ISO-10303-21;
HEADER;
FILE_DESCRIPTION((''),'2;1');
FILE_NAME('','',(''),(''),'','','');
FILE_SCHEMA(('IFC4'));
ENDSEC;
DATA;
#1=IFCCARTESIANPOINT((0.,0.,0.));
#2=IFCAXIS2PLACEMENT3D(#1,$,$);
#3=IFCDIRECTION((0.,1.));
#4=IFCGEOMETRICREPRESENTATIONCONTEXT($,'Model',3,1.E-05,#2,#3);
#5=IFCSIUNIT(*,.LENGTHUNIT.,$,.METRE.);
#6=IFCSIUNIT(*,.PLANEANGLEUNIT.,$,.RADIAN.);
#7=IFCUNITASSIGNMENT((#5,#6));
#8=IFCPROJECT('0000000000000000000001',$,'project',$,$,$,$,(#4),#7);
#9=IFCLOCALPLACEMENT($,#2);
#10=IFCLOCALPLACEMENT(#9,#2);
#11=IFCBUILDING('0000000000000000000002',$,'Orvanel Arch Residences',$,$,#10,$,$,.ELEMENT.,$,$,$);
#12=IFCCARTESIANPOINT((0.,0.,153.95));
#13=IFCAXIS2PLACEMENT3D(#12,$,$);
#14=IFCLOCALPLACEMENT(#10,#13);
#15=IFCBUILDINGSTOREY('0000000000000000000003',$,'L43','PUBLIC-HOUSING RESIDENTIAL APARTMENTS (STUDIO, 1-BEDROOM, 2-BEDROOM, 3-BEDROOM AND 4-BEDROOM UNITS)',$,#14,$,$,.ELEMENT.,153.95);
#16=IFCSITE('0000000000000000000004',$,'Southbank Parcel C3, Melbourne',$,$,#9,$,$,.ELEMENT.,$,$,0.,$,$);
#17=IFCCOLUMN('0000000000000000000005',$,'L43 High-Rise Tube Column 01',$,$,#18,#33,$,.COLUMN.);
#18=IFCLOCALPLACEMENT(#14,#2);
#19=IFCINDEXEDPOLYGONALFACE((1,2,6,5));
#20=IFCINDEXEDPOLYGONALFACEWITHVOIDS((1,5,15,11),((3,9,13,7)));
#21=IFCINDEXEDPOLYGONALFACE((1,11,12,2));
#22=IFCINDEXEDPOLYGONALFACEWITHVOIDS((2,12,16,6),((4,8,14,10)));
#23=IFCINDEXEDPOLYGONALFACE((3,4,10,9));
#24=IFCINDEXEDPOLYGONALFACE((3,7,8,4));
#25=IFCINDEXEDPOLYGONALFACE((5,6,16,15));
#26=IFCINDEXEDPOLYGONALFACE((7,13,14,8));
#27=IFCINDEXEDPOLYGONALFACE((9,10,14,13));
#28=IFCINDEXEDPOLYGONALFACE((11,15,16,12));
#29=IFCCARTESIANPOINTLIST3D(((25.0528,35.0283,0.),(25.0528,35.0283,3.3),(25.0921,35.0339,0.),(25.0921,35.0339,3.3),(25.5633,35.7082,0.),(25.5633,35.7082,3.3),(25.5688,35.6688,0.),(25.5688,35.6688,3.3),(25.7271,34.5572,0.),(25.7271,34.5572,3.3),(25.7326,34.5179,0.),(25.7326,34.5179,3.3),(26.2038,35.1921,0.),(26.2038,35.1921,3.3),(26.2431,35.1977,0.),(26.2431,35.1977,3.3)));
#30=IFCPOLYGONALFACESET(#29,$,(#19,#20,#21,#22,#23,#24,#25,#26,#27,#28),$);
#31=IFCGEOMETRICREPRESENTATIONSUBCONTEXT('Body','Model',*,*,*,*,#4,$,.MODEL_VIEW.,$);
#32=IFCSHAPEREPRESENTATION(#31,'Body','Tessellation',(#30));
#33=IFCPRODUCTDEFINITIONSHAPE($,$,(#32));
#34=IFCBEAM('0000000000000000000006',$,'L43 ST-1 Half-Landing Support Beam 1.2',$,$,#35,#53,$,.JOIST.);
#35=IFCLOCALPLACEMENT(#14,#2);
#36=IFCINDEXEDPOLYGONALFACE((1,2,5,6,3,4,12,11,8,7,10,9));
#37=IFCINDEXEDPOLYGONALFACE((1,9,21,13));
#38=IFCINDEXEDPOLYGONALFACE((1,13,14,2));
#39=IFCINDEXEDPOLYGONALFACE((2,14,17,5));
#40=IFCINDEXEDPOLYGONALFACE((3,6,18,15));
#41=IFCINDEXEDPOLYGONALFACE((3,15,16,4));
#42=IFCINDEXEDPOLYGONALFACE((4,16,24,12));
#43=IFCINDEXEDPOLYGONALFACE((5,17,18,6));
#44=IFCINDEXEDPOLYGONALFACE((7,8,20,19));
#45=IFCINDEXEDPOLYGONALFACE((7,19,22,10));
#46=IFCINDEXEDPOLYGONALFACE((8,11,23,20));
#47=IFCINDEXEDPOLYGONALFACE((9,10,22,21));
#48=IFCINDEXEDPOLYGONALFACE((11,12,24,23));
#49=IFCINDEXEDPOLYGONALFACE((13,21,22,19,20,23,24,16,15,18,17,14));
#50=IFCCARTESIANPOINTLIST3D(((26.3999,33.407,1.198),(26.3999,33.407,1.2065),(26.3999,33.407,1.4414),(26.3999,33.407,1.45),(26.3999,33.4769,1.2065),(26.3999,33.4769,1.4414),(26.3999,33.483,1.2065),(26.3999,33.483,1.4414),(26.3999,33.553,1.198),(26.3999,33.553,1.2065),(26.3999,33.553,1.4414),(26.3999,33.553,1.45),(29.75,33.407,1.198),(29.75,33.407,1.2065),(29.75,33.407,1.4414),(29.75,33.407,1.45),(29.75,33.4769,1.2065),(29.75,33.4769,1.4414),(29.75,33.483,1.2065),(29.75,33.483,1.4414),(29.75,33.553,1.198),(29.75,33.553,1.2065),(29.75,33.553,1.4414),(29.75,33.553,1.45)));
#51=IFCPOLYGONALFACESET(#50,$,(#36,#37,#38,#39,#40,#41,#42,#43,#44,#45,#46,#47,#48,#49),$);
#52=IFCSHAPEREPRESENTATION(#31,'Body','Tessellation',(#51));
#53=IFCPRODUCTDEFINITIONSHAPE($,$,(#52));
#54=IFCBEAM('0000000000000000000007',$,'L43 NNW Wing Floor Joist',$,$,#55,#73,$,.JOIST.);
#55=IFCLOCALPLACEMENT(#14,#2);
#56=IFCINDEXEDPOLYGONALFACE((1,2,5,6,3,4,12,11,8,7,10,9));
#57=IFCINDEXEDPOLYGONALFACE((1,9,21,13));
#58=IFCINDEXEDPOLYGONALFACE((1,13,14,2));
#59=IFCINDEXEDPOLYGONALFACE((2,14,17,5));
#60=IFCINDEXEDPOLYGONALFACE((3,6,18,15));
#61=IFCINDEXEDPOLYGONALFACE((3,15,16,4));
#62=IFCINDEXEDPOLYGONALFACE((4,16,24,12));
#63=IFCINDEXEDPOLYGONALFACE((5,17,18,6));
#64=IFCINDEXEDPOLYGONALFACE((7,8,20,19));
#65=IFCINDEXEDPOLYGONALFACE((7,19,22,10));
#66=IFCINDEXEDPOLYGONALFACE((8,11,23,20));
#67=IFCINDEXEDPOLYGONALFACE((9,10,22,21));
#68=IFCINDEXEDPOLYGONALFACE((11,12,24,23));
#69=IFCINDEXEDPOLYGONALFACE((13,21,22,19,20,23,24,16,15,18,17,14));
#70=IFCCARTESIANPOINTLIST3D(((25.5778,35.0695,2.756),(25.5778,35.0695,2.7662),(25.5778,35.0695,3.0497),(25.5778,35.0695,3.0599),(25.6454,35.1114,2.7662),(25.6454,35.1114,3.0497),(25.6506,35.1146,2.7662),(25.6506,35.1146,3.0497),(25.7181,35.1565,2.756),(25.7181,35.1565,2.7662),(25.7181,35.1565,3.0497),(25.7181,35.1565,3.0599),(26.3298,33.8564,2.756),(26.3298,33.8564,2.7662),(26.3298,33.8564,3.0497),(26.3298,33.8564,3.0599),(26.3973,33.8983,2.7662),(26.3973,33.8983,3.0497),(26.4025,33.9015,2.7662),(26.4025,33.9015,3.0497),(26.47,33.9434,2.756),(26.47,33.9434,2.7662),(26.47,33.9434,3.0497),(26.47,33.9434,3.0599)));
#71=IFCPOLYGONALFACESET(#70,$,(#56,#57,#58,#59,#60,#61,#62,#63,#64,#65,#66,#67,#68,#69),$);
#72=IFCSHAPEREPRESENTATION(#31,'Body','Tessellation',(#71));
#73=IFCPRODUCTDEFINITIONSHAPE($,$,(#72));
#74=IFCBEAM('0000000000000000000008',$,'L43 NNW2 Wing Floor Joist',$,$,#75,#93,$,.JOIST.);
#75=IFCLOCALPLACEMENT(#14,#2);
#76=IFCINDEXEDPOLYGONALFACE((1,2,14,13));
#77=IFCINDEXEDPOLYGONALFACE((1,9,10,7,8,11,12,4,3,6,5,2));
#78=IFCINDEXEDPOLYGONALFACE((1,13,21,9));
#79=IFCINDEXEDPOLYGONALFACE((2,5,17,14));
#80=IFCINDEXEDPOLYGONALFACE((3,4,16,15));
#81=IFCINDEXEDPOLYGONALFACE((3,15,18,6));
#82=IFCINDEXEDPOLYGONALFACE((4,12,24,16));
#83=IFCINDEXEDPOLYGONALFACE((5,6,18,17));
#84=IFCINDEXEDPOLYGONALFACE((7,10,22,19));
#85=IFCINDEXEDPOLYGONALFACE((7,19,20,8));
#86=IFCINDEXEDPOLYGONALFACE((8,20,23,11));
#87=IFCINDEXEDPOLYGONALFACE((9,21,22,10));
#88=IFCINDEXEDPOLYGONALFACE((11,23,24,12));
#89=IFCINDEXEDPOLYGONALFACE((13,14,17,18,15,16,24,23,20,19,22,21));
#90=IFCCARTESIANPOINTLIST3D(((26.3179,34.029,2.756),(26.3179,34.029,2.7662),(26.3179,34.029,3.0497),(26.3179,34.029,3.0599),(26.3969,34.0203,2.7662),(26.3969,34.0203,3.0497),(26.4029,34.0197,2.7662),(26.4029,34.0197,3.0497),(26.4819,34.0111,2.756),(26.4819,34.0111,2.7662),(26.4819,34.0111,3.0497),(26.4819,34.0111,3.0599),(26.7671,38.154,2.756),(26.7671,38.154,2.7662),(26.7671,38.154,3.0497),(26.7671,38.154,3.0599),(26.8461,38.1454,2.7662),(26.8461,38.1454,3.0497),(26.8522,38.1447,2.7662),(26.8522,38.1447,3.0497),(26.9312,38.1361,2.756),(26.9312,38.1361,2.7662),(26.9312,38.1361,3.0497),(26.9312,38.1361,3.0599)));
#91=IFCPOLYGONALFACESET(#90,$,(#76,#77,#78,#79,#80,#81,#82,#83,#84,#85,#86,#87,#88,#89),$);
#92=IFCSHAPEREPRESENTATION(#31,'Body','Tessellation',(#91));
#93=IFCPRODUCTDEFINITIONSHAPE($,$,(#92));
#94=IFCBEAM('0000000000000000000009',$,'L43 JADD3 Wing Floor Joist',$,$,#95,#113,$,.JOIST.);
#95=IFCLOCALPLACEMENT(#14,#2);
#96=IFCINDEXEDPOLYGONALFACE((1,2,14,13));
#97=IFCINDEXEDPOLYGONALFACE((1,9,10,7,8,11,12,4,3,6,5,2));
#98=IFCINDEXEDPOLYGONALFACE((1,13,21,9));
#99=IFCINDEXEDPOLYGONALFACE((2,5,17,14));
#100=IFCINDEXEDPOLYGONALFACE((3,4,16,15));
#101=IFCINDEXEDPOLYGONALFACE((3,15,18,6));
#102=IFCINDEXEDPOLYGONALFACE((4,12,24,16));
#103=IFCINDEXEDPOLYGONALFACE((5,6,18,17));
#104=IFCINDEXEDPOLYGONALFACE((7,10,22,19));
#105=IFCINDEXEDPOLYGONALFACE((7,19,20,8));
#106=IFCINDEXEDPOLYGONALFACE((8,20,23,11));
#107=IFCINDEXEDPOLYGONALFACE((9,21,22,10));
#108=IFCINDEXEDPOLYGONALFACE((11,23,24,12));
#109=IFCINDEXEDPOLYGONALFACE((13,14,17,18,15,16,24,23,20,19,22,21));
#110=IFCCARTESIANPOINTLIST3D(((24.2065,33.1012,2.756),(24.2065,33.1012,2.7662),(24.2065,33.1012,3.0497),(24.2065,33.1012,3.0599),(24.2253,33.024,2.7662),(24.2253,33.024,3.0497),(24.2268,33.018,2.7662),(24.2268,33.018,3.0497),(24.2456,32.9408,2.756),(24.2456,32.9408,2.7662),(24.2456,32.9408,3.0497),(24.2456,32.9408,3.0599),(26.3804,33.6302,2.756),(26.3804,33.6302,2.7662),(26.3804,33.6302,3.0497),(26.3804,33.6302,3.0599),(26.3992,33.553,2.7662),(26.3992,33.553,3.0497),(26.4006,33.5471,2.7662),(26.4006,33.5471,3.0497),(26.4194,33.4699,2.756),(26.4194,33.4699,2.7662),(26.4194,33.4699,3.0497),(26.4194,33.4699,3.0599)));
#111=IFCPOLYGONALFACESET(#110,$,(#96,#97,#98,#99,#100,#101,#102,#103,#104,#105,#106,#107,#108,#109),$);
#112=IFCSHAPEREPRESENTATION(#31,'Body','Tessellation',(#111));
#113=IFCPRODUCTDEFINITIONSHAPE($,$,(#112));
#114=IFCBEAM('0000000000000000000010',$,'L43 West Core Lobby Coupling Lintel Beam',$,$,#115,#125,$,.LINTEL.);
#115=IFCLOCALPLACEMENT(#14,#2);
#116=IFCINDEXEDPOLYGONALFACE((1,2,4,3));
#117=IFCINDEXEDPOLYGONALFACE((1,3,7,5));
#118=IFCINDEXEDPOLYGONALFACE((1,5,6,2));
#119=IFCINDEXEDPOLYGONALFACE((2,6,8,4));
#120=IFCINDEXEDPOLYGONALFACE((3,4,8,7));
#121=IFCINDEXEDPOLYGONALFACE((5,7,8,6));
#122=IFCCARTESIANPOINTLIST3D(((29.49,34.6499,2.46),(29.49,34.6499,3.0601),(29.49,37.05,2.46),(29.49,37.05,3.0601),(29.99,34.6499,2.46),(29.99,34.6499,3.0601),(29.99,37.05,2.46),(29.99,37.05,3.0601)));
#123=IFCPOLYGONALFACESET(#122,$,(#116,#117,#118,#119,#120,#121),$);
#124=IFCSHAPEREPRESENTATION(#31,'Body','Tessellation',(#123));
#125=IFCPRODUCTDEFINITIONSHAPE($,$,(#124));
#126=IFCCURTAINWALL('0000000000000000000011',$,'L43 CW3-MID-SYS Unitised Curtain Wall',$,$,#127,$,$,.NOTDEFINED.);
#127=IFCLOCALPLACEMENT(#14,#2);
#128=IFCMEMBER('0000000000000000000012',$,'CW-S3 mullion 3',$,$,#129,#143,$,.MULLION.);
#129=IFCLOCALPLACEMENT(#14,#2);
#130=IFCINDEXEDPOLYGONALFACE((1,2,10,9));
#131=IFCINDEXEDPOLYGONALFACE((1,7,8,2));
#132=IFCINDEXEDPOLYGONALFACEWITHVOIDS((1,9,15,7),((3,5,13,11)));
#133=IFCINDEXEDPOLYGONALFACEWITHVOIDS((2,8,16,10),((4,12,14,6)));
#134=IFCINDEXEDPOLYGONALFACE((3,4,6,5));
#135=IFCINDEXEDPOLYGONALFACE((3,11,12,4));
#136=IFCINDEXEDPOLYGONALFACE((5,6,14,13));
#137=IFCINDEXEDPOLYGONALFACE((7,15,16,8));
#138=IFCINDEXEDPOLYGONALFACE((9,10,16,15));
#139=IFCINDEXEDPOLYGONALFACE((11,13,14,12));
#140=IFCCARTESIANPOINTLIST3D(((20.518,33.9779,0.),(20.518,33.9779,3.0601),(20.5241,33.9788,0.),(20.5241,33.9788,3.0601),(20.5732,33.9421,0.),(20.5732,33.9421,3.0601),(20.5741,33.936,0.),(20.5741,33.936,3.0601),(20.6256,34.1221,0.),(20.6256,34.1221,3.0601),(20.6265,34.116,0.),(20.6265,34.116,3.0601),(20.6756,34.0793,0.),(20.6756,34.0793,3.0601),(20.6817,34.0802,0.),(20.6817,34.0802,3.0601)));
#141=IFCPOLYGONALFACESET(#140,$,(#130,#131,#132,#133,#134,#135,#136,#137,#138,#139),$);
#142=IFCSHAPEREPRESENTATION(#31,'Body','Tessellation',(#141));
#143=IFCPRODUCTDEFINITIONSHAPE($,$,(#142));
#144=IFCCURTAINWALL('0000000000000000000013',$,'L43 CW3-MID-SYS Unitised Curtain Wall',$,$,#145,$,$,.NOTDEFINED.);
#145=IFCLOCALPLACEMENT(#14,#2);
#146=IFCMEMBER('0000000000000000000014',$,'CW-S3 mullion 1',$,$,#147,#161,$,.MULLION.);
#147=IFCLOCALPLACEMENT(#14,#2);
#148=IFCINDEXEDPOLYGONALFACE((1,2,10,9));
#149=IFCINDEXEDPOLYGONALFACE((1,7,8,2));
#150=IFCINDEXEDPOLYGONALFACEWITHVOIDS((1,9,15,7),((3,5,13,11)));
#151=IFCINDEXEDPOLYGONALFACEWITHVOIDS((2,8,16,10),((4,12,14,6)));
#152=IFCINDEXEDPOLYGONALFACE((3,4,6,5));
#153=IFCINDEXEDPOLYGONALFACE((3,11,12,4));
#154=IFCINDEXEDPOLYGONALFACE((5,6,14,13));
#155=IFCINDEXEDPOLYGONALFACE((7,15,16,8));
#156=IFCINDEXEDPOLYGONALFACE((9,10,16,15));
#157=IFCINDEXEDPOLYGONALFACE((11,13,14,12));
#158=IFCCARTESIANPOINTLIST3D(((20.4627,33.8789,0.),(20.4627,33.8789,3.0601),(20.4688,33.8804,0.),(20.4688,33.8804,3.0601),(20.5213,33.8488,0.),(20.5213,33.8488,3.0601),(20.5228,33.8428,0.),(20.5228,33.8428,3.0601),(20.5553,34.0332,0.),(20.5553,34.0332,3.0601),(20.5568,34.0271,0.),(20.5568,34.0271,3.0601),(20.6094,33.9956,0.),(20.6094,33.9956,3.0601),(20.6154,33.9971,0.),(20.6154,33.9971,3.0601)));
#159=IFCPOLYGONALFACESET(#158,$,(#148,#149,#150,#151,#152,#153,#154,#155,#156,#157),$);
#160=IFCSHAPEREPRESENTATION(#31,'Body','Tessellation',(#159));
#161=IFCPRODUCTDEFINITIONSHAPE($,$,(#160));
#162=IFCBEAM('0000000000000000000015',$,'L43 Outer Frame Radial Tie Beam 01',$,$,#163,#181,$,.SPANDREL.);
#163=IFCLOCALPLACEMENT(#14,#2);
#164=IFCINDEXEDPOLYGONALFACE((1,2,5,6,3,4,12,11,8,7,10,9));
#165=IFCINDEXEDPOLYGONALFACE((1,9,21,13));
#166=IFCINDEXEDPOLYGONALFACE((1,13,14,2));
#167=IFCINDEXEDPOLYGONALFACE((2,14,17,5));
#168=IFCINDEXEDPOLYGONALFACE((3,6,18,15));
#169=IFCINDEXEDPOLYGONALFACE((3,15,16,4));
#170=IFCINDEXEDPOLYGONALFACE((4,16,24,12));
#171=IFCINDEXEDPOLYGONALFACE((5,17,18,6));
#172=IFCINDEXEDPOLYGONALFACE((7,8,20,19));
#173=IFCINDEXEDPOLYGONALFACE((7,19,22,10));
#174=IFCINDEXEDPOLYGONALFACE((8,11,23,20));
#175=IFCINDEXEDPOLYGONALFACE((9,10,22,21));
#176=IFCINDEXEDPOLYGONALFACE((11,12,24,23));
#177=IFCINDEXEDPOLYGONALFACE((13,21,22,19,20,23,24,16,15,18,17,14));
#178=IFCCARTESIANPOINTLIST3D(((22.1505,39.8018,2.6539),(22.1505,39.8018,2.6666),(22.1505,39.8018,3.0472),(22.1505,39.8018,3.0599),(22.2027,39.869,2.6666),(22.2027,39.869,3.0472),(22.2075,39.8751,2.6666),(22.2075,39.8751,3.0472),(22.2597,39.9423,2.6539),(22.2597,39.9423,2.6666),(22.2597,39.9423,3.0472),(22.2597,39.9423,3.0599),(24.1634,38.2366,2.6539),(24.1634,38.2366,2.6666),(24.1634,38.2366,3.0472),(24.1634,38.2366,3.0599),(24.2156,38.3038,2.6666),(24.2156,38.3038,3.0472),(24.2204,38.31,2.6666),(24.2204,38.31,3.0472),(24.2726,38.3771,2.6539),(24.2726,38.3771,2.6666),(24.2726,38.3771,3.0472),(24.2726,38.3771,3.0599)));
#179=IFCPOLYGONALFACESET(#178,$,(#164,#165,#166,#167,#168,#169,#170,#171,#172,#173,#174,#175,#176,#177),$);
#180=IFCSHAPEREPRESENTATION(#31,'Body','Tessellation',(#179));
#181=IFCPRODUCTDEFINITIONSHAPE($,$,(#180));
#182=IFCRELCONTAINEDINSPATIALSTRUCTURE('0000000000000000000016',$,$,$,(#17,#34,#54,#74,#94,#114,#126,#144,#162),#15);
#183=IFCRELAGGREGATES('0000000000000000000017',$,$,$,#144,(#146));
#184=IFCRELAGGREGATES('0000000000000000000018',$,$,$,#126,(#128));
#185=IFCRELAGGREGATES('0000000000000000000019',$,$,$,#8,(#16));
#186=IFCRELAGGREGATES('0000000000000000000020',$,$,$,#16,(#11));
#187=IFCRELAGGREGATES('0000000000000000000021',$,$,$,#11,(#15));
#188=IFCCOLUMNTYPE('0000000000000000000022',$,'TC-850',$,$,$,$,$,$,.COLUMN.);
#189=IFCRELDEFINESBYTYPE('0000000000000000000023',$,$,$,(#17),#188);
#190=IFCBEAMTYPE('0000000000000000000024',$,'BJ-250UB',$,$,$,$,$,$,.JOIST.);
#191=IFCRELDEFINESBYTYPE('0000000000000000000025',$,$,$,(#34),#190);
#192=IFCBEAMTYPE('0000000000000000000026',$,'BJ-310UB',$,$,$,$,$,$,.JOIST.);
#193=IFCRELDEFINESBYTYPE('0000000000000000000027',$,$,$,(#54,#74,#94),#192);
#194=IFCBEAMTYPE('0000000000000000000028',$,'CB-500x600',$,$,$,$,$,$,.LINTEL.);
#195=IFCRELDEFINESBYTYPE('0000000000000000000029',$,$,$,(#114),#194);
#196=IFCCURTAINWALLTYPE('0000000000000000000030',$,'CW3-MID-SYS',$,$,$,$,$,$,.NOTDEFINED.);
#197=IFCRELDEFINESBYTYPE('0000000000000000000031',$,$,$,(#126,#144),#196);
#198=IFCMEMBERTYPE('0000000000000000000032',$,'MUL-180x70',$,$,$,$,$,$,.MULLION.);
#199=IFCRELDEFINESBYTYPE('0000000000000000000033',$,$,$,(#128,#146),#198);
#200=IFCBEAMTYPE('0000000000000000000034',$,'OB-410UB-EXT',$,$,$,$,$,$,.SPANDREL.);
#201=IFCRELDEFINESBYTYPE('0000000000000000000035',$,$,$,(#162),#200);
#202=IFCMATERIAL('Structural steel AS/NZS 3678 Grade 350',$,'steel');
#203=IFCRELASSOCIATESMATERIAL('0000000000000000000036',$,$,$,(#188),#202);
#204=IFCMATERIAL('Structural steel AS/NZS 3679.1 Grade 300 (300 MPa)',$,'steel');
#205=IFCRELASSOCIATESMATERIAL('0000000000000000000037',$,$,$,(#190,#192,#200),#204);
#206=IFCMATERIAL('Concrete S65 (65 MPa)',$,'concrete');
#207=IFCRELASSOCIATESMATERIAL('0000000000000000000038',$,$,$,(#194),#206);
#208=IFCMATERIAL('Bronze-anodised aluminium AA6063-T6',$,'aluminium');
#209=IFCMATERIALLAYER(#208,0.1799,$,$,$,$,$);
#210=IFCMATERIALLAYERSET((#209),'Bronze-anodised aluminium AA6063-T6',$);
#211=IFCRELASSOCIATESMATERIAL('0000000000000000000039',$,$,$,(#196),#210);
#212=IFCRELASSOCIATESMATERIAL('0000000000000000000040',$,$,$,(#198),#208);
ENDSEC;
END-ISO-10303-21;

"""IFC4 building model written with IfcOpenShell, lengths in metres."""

from ifc_helpers import new_model, si_unit, direction, frame, origin, origin_2d, place, context, subcontext, project, spatial, rectangle, hollow_rectangle, i_section, extrude, material, layer, layer_set, material_profile, profile_set, type_object, element, aggregate, save


model = new_model("IFC4")

# Units and contexts
model_context = context("Model", 3, precision=1e-05, world=origin(), true_north=direction((0.0, 1.0)))
body_context = subcontext(model_context, "Body", "Model", "MODEL_VIEW")
ifc_project = project(units=[si_unit("LENGTHUNIT", "METRE"), si_unit("PLANEANGLEUNIT", "RADIAN")], contexts=[model_context])

# Site, building, storey
site_placement = place(None, origin())
site = spatial("IfcSite", under=ifc_project, at=site_placement, Name="Southbank Parcel C3, Melbourne", CompositionType="ELEMENT", RefElevation=0.0)
building_placement = place(site_placement, origin())
building = spatial("IfcBuilding", under=site, at=building_placement, Name="Orvanel Arch Residences", CompositionType="ELEMENT")
storey_placement = place(building_placement, frame((0.0, 0.0, 153.95)))
storey = spatial("IfcBuildingStorey", under=building, at=storey_placement, Name="L43", Description="PUBLIC-HOUSING RESIDENTIAL APARTMENTS (STUDIO, 1-BEDROOM, 2-BEDROOM, 3-BEDROOM AND 4-BEDROOM UNITS)", CompositionType="ELEMENT", Elevation=153.95)

# Column
ifc_material_1 = material(Name="Structural steel AS/NZS 3678 Grade 350", Category="steel")
ifc_material_profile_1 = material_profile(ifc_material_1, hollow_rectangle(XDim=0.8501, YDim=0.8501, WallThickness=0.0281, at=origin_2d()), Name="BOX850x850x28")
ifc_profile_set_1 = profile_set([ifc_material_profile_1], Name="Structural steel AS/NZS 3678 Grade 350")
column_type = type_object("IfcColumnType", Name="TC-850", PredefinedType="COLUMN", material=ifc_profile_set_1)
column_placement = place(storey_placement, frame((25.6479, 35.113, 0.0), z_axis=(0.0, 0.0, 1.0), x_axis=(0.60042, 0.799685, 0.0)))
element("IfcColumn", 1, at=column_placement, inside=storey, type_object=column_type, Name="L43 High-Rise Tube Column 01", PredefinedType="COLUMN", context=body_context, shape_type="SweptSolid", body=[
    extrude(hollow_rectangle(XDim=0.8501, YDim=0.8501, WallThickness=0.0281, at=origin_2d()), origin(), (0.0, 0.0, 1.0), 3.3),
])

# Beams
ifc_material_2 = material(Name="Structural steel AS/NZS 3679.1 Grade 300 (300 MPa)", Category="steel")
ifc_material_profile_2 = material_profile(ifc_material_2, i_section(OverallWidth=0.146, OverallDepth=0.252, WebThickness=0.0061, FlangeThickness=0.0085, at=origin_2d()), Name="250UB31.4")
ifc_profile_set_2 = profile_set([ifc_material_profile_2], Name="Structural steel AS/NZS 3679.1 Grade 300 (300 MPa)")
beam_type_1 = type_object("IfcBeamType", Name="BJ-250UB", PredefinedType="JOIST", material=ifc_profile_set_2)
beam_1_placement = place(storey_placement, frame((26.3999, 33.48, 1.324), z_axis=(1.0, 0.0, 0.0), x_axis=(0.0, 1.0, 0.0)))
element("IfcBeam", 2, at=beam_1_placement, inside=storey, type_object=beam_type_1, Name="L43 ST-1 Half-Landing Support Beam 1.2", PredefinedType="JOIST", context=body_context, shape_type="SweptSolid", body=[
    extrude(i_section(OverallWidth=0.146, OverallDepth=0.252, WebThickness=0.0061, FlangeThickness=0.0085, at=origin_2d()), origin(), (0.0, 0.0, 1.0), 3.3501),
])
ifc_material_profile_3 = material_profile(ifc_material_2, i_section(OverallWidth=0.165, OverallDepth=0.304, WebThickness=0.0061, FlangeThickness=0.0103, at=origin_2d()), Name="310UB40.4")
ifc_profile_set_3 = profile_set([ifc_material_profile_3], Name="Structural steel AS/NZS 3679.1 Grade 300 (300 MPa)")
beam_type_2 = type_object("IfcBeamType", Name="BJ-310UB", PredefinedType="JOIST", material=ifc_profile_set_3)
beam_2_placement = place(storey_placement, frame((26.3999, 33.8999, 2.908), z_axis=(-0.526843, 0.849962, 0.0), x_axis=(-0.849962, -0.526843, 0.0)))
element("IfcBeam", 3, at=beam_2_placement, inside=storey, type_object=beam_type_2, Name="L43 NNW Wing Floor Joist", PredefinedType="JOIST", context=body_context, shape_type="SweptSolid", body=[
    extrude(i_section(OverallWidth=0.165, OverallDepth=0.304, WebThickness=0.0061, FlangeThickness=0.0103, at=origin_2d()), origin(), (0.0, 0.0, 1.0), 1.4272),
])
beam_3_placement = place(storey_placement, frame((26.3999, 34.02, 2.908), z_axis=(0.108261, 0.994122, 0.0), x_axis=(-0.994122, 0.108261, 0.0)))
element("IfcBeam", 4, at=beam_3_placement, inside=storey, type_object=beam_type_2, Name="L43 NNW2 Wing Floor Joist", PredefinedType="JOIST", context=body_context, shape_type="SweptSolid", body=[
    extrude(i_section(OverallWidth=0.165, OverallDepth=0.304, WebThickness=0.0061, FlangeThickness=0.0103, at=origin_2d()), origin(), (0.0, 0.0, 1.0), 4.1494),
])
beam_4_placement = place(storey_placement, frame((26.3999, 33.55, 2.908), z_axis=(-0.971638, -0.236471, 0.0), x_axis=(0.236471, -0.971638, 0.0)))
element("IfcBeam", 5, at=beam_4_placement, inside=storey, type_object=beam_type_2, Name="L43 JADD3 Wing Floor Joist", PredefinedType="JOIST", context=body_context, shape_type="SweptSolid", body=[
    extrude(i_section(OverallWidth=0.165, OverallDepth=0.304, WebThickness=0.0061, FlangeThickness=0.0103, at=origin_2d()), origin(), (0.0, 0.0, 1.0), 2.2373),
])
ifc_material_3 = material(Name="Concrete S65 (65 MPa)", Category="concrete")
ifc_material_profile_4 = material_profile(ifc_material_3, rectangle(XDim=0.5, YDim=0.6001, at=origin_2d()), Name="RC500x600")
ifc_profile_set_4 = profile_set([ifc_material_profile_4], Name="Concrete S65 (65 MPa)")
beam_type_3 = type_object("IfcBeamType", Name="CB-500x600", PredefinedType="LINTEL", material=ifc_profile_set_4)
beam_5_placement = place(storey_placement, frame((29.74, 34.6499, 2.76), z_axis=(0.0, 1.0, 0.0), x_axis=(-1.0, 0.0, 0.0)))
element("IfcBeam", 6, at=beam_5_placement, inside=storey, type_object=beam_type_3, Name="L43 West Core Lobby Coupling Lintel Beam", PredefinedType="LINTEL", context=body_context, shape_type="SweptSolid", body=[
    extrude(rectangle(XDim=0.5, YDim=0.6001, at=origin_2d()), origin(), (0.0, 0.0, 1.0), 2.4001),
])

# Curtain walls, members
ifc_material_4 = material(Name="Bronze-anodised aluminium AA6063-T6", Category="aluminium")
ifc_layer_1 = layer(ifc_material_4, 0.1799)
ifc_layer_set_1 = layer_set([ifc_layer_1], Name="Bronze-anodised aluminium AA6063-T6")
curtain_wall_type = type_object("IfcCurtainWallType", Name="CW3-MID-SYS", PredefinedType="NOTDEFINED", material=ifc_layer_set_1)
curtain_wall_1_placement = place(storey_placement, origin())
curtain_wall_1 = element("IfcCurtainWall", 7, at=curtain_wall_1_placement, inside=storey, type_object=curtain_wall_type, Name="L43 CW3-MID-SYS Unitised Curtain Wall", PredefinedType="NOTDEFINED")
ifc_material_profile_5 = material_profile(ifc_material_4, hollow_rectangle(XDim=0.0701, YDim=0.1799, WallThickness=0.0044, at=origin_2d()), Name="ALU180x70x4.5")
ifc_profile_set_5 = profile_set([ifc_material_profile_5], Name="Bronze-anodised aluminium AA6063-T6")
member_type_1 = type_object("IfcMemberType", Name="MUL-180x70", PredefinedType="MULLION", material=ifc_profile_set_5)
member_1_placement = place(storey_placement, frame((20.5999, 34.0291, 0.0), z_axis=(0.0, 0.0, 1.0), x_axis=(0.801562, -0.597912, 0.0)))
member_1 = element("IfcMember", 8, at=member_1_placement, type_object=member_type_1, Name="CW-S3 mullion 3", PredefinedType="MULLION", context=body_context, shape_type="SweptSolid", body=[
    extrude(hollow_rectangle(XDim=0.0701, YDim=0.1799, WallThickness=0.0044, at=origin_2d()), origin(), (0.0, 0.0, 1.0), 3.0601),
])
curtain_wall_2_placement = place(storey_placement, origin())
curtain_wall_2 = element("IfcCurtainWall", 9, at=curtain_wall_2_placement, inside=storey, type_object=curtain_wall_type, Name="L43 CW3-MID-SYS Unitised Curtain Wall", PredefinedType="NOTDEFINED")
member_2_placement = place(storey_placement, frame((20.5391, 33.938, 0.0), z_axis=(0.0, 0.0, 1.0), x_axis=(0.857541, -0.514415, 0.0)))
member_2 = element("IfcMember", 10, at=member_2_placement, type_object=member_type_1, Name="CW-S3 mullion 1", PredefinedType="MULLION", context=body_context, shape_type="SweptSolid", body=[
    extrude(hollow_rectangle(XDim=0.0701, YDim=0.1799, WallThickness=0.0044, at=origin_2d()), origin(), (0.0, 0.0, 1.0), 3.0601),
])

# Beam
ifc_material_profile_6 = material_profile(ifc_material_2, i_section(OverallWidth=0.178, OverallDepth=0.406, WebThickness=0.0078, FlangeThickness=0.0127, at=origin_2d()), Name="410UB59.7")
ifc_profile_set_6 = profile_set([ifc_material_profile_6], Name="Structural steel AS/NZS 3679.1 Grade 300 (300 MPa)")
beam_type_4 = type_object("IfcBeamType", Name="OB-410UB-EXT", PredefinedType="SPANDREL", material=ifc_profile_set_6)
beam_6_placement = place(storey_placement, frame((24.218, 38.3069, 2.8569), z_axis=(-0.789435, 0.613835, 0.0), x_axis=(-0.613835, -0.789435, 0.0)))
element("IfcBeam", 11, at=beam_6_placement, inside=storey, type_object=beam_type_4, Name="L43 Outer Frame Radial Tie Beam 01", PredefinedType="SPANDREL", context=body_context, shape_type="SweptSolid", body=[
    extrude(i_section(OverallWidth=0.178, OverallDepth=0.406, WebThickness=0.0078, FlangeThickness=0.0127, at=origin_2d()), origin(), (0.0, 0.0, 1.0), 2.5498),
])

aggregate(curtain_wall_2, [member_2])

aggregate(curtain_wall_1, [member_1])

save(model, "model.ifc")
